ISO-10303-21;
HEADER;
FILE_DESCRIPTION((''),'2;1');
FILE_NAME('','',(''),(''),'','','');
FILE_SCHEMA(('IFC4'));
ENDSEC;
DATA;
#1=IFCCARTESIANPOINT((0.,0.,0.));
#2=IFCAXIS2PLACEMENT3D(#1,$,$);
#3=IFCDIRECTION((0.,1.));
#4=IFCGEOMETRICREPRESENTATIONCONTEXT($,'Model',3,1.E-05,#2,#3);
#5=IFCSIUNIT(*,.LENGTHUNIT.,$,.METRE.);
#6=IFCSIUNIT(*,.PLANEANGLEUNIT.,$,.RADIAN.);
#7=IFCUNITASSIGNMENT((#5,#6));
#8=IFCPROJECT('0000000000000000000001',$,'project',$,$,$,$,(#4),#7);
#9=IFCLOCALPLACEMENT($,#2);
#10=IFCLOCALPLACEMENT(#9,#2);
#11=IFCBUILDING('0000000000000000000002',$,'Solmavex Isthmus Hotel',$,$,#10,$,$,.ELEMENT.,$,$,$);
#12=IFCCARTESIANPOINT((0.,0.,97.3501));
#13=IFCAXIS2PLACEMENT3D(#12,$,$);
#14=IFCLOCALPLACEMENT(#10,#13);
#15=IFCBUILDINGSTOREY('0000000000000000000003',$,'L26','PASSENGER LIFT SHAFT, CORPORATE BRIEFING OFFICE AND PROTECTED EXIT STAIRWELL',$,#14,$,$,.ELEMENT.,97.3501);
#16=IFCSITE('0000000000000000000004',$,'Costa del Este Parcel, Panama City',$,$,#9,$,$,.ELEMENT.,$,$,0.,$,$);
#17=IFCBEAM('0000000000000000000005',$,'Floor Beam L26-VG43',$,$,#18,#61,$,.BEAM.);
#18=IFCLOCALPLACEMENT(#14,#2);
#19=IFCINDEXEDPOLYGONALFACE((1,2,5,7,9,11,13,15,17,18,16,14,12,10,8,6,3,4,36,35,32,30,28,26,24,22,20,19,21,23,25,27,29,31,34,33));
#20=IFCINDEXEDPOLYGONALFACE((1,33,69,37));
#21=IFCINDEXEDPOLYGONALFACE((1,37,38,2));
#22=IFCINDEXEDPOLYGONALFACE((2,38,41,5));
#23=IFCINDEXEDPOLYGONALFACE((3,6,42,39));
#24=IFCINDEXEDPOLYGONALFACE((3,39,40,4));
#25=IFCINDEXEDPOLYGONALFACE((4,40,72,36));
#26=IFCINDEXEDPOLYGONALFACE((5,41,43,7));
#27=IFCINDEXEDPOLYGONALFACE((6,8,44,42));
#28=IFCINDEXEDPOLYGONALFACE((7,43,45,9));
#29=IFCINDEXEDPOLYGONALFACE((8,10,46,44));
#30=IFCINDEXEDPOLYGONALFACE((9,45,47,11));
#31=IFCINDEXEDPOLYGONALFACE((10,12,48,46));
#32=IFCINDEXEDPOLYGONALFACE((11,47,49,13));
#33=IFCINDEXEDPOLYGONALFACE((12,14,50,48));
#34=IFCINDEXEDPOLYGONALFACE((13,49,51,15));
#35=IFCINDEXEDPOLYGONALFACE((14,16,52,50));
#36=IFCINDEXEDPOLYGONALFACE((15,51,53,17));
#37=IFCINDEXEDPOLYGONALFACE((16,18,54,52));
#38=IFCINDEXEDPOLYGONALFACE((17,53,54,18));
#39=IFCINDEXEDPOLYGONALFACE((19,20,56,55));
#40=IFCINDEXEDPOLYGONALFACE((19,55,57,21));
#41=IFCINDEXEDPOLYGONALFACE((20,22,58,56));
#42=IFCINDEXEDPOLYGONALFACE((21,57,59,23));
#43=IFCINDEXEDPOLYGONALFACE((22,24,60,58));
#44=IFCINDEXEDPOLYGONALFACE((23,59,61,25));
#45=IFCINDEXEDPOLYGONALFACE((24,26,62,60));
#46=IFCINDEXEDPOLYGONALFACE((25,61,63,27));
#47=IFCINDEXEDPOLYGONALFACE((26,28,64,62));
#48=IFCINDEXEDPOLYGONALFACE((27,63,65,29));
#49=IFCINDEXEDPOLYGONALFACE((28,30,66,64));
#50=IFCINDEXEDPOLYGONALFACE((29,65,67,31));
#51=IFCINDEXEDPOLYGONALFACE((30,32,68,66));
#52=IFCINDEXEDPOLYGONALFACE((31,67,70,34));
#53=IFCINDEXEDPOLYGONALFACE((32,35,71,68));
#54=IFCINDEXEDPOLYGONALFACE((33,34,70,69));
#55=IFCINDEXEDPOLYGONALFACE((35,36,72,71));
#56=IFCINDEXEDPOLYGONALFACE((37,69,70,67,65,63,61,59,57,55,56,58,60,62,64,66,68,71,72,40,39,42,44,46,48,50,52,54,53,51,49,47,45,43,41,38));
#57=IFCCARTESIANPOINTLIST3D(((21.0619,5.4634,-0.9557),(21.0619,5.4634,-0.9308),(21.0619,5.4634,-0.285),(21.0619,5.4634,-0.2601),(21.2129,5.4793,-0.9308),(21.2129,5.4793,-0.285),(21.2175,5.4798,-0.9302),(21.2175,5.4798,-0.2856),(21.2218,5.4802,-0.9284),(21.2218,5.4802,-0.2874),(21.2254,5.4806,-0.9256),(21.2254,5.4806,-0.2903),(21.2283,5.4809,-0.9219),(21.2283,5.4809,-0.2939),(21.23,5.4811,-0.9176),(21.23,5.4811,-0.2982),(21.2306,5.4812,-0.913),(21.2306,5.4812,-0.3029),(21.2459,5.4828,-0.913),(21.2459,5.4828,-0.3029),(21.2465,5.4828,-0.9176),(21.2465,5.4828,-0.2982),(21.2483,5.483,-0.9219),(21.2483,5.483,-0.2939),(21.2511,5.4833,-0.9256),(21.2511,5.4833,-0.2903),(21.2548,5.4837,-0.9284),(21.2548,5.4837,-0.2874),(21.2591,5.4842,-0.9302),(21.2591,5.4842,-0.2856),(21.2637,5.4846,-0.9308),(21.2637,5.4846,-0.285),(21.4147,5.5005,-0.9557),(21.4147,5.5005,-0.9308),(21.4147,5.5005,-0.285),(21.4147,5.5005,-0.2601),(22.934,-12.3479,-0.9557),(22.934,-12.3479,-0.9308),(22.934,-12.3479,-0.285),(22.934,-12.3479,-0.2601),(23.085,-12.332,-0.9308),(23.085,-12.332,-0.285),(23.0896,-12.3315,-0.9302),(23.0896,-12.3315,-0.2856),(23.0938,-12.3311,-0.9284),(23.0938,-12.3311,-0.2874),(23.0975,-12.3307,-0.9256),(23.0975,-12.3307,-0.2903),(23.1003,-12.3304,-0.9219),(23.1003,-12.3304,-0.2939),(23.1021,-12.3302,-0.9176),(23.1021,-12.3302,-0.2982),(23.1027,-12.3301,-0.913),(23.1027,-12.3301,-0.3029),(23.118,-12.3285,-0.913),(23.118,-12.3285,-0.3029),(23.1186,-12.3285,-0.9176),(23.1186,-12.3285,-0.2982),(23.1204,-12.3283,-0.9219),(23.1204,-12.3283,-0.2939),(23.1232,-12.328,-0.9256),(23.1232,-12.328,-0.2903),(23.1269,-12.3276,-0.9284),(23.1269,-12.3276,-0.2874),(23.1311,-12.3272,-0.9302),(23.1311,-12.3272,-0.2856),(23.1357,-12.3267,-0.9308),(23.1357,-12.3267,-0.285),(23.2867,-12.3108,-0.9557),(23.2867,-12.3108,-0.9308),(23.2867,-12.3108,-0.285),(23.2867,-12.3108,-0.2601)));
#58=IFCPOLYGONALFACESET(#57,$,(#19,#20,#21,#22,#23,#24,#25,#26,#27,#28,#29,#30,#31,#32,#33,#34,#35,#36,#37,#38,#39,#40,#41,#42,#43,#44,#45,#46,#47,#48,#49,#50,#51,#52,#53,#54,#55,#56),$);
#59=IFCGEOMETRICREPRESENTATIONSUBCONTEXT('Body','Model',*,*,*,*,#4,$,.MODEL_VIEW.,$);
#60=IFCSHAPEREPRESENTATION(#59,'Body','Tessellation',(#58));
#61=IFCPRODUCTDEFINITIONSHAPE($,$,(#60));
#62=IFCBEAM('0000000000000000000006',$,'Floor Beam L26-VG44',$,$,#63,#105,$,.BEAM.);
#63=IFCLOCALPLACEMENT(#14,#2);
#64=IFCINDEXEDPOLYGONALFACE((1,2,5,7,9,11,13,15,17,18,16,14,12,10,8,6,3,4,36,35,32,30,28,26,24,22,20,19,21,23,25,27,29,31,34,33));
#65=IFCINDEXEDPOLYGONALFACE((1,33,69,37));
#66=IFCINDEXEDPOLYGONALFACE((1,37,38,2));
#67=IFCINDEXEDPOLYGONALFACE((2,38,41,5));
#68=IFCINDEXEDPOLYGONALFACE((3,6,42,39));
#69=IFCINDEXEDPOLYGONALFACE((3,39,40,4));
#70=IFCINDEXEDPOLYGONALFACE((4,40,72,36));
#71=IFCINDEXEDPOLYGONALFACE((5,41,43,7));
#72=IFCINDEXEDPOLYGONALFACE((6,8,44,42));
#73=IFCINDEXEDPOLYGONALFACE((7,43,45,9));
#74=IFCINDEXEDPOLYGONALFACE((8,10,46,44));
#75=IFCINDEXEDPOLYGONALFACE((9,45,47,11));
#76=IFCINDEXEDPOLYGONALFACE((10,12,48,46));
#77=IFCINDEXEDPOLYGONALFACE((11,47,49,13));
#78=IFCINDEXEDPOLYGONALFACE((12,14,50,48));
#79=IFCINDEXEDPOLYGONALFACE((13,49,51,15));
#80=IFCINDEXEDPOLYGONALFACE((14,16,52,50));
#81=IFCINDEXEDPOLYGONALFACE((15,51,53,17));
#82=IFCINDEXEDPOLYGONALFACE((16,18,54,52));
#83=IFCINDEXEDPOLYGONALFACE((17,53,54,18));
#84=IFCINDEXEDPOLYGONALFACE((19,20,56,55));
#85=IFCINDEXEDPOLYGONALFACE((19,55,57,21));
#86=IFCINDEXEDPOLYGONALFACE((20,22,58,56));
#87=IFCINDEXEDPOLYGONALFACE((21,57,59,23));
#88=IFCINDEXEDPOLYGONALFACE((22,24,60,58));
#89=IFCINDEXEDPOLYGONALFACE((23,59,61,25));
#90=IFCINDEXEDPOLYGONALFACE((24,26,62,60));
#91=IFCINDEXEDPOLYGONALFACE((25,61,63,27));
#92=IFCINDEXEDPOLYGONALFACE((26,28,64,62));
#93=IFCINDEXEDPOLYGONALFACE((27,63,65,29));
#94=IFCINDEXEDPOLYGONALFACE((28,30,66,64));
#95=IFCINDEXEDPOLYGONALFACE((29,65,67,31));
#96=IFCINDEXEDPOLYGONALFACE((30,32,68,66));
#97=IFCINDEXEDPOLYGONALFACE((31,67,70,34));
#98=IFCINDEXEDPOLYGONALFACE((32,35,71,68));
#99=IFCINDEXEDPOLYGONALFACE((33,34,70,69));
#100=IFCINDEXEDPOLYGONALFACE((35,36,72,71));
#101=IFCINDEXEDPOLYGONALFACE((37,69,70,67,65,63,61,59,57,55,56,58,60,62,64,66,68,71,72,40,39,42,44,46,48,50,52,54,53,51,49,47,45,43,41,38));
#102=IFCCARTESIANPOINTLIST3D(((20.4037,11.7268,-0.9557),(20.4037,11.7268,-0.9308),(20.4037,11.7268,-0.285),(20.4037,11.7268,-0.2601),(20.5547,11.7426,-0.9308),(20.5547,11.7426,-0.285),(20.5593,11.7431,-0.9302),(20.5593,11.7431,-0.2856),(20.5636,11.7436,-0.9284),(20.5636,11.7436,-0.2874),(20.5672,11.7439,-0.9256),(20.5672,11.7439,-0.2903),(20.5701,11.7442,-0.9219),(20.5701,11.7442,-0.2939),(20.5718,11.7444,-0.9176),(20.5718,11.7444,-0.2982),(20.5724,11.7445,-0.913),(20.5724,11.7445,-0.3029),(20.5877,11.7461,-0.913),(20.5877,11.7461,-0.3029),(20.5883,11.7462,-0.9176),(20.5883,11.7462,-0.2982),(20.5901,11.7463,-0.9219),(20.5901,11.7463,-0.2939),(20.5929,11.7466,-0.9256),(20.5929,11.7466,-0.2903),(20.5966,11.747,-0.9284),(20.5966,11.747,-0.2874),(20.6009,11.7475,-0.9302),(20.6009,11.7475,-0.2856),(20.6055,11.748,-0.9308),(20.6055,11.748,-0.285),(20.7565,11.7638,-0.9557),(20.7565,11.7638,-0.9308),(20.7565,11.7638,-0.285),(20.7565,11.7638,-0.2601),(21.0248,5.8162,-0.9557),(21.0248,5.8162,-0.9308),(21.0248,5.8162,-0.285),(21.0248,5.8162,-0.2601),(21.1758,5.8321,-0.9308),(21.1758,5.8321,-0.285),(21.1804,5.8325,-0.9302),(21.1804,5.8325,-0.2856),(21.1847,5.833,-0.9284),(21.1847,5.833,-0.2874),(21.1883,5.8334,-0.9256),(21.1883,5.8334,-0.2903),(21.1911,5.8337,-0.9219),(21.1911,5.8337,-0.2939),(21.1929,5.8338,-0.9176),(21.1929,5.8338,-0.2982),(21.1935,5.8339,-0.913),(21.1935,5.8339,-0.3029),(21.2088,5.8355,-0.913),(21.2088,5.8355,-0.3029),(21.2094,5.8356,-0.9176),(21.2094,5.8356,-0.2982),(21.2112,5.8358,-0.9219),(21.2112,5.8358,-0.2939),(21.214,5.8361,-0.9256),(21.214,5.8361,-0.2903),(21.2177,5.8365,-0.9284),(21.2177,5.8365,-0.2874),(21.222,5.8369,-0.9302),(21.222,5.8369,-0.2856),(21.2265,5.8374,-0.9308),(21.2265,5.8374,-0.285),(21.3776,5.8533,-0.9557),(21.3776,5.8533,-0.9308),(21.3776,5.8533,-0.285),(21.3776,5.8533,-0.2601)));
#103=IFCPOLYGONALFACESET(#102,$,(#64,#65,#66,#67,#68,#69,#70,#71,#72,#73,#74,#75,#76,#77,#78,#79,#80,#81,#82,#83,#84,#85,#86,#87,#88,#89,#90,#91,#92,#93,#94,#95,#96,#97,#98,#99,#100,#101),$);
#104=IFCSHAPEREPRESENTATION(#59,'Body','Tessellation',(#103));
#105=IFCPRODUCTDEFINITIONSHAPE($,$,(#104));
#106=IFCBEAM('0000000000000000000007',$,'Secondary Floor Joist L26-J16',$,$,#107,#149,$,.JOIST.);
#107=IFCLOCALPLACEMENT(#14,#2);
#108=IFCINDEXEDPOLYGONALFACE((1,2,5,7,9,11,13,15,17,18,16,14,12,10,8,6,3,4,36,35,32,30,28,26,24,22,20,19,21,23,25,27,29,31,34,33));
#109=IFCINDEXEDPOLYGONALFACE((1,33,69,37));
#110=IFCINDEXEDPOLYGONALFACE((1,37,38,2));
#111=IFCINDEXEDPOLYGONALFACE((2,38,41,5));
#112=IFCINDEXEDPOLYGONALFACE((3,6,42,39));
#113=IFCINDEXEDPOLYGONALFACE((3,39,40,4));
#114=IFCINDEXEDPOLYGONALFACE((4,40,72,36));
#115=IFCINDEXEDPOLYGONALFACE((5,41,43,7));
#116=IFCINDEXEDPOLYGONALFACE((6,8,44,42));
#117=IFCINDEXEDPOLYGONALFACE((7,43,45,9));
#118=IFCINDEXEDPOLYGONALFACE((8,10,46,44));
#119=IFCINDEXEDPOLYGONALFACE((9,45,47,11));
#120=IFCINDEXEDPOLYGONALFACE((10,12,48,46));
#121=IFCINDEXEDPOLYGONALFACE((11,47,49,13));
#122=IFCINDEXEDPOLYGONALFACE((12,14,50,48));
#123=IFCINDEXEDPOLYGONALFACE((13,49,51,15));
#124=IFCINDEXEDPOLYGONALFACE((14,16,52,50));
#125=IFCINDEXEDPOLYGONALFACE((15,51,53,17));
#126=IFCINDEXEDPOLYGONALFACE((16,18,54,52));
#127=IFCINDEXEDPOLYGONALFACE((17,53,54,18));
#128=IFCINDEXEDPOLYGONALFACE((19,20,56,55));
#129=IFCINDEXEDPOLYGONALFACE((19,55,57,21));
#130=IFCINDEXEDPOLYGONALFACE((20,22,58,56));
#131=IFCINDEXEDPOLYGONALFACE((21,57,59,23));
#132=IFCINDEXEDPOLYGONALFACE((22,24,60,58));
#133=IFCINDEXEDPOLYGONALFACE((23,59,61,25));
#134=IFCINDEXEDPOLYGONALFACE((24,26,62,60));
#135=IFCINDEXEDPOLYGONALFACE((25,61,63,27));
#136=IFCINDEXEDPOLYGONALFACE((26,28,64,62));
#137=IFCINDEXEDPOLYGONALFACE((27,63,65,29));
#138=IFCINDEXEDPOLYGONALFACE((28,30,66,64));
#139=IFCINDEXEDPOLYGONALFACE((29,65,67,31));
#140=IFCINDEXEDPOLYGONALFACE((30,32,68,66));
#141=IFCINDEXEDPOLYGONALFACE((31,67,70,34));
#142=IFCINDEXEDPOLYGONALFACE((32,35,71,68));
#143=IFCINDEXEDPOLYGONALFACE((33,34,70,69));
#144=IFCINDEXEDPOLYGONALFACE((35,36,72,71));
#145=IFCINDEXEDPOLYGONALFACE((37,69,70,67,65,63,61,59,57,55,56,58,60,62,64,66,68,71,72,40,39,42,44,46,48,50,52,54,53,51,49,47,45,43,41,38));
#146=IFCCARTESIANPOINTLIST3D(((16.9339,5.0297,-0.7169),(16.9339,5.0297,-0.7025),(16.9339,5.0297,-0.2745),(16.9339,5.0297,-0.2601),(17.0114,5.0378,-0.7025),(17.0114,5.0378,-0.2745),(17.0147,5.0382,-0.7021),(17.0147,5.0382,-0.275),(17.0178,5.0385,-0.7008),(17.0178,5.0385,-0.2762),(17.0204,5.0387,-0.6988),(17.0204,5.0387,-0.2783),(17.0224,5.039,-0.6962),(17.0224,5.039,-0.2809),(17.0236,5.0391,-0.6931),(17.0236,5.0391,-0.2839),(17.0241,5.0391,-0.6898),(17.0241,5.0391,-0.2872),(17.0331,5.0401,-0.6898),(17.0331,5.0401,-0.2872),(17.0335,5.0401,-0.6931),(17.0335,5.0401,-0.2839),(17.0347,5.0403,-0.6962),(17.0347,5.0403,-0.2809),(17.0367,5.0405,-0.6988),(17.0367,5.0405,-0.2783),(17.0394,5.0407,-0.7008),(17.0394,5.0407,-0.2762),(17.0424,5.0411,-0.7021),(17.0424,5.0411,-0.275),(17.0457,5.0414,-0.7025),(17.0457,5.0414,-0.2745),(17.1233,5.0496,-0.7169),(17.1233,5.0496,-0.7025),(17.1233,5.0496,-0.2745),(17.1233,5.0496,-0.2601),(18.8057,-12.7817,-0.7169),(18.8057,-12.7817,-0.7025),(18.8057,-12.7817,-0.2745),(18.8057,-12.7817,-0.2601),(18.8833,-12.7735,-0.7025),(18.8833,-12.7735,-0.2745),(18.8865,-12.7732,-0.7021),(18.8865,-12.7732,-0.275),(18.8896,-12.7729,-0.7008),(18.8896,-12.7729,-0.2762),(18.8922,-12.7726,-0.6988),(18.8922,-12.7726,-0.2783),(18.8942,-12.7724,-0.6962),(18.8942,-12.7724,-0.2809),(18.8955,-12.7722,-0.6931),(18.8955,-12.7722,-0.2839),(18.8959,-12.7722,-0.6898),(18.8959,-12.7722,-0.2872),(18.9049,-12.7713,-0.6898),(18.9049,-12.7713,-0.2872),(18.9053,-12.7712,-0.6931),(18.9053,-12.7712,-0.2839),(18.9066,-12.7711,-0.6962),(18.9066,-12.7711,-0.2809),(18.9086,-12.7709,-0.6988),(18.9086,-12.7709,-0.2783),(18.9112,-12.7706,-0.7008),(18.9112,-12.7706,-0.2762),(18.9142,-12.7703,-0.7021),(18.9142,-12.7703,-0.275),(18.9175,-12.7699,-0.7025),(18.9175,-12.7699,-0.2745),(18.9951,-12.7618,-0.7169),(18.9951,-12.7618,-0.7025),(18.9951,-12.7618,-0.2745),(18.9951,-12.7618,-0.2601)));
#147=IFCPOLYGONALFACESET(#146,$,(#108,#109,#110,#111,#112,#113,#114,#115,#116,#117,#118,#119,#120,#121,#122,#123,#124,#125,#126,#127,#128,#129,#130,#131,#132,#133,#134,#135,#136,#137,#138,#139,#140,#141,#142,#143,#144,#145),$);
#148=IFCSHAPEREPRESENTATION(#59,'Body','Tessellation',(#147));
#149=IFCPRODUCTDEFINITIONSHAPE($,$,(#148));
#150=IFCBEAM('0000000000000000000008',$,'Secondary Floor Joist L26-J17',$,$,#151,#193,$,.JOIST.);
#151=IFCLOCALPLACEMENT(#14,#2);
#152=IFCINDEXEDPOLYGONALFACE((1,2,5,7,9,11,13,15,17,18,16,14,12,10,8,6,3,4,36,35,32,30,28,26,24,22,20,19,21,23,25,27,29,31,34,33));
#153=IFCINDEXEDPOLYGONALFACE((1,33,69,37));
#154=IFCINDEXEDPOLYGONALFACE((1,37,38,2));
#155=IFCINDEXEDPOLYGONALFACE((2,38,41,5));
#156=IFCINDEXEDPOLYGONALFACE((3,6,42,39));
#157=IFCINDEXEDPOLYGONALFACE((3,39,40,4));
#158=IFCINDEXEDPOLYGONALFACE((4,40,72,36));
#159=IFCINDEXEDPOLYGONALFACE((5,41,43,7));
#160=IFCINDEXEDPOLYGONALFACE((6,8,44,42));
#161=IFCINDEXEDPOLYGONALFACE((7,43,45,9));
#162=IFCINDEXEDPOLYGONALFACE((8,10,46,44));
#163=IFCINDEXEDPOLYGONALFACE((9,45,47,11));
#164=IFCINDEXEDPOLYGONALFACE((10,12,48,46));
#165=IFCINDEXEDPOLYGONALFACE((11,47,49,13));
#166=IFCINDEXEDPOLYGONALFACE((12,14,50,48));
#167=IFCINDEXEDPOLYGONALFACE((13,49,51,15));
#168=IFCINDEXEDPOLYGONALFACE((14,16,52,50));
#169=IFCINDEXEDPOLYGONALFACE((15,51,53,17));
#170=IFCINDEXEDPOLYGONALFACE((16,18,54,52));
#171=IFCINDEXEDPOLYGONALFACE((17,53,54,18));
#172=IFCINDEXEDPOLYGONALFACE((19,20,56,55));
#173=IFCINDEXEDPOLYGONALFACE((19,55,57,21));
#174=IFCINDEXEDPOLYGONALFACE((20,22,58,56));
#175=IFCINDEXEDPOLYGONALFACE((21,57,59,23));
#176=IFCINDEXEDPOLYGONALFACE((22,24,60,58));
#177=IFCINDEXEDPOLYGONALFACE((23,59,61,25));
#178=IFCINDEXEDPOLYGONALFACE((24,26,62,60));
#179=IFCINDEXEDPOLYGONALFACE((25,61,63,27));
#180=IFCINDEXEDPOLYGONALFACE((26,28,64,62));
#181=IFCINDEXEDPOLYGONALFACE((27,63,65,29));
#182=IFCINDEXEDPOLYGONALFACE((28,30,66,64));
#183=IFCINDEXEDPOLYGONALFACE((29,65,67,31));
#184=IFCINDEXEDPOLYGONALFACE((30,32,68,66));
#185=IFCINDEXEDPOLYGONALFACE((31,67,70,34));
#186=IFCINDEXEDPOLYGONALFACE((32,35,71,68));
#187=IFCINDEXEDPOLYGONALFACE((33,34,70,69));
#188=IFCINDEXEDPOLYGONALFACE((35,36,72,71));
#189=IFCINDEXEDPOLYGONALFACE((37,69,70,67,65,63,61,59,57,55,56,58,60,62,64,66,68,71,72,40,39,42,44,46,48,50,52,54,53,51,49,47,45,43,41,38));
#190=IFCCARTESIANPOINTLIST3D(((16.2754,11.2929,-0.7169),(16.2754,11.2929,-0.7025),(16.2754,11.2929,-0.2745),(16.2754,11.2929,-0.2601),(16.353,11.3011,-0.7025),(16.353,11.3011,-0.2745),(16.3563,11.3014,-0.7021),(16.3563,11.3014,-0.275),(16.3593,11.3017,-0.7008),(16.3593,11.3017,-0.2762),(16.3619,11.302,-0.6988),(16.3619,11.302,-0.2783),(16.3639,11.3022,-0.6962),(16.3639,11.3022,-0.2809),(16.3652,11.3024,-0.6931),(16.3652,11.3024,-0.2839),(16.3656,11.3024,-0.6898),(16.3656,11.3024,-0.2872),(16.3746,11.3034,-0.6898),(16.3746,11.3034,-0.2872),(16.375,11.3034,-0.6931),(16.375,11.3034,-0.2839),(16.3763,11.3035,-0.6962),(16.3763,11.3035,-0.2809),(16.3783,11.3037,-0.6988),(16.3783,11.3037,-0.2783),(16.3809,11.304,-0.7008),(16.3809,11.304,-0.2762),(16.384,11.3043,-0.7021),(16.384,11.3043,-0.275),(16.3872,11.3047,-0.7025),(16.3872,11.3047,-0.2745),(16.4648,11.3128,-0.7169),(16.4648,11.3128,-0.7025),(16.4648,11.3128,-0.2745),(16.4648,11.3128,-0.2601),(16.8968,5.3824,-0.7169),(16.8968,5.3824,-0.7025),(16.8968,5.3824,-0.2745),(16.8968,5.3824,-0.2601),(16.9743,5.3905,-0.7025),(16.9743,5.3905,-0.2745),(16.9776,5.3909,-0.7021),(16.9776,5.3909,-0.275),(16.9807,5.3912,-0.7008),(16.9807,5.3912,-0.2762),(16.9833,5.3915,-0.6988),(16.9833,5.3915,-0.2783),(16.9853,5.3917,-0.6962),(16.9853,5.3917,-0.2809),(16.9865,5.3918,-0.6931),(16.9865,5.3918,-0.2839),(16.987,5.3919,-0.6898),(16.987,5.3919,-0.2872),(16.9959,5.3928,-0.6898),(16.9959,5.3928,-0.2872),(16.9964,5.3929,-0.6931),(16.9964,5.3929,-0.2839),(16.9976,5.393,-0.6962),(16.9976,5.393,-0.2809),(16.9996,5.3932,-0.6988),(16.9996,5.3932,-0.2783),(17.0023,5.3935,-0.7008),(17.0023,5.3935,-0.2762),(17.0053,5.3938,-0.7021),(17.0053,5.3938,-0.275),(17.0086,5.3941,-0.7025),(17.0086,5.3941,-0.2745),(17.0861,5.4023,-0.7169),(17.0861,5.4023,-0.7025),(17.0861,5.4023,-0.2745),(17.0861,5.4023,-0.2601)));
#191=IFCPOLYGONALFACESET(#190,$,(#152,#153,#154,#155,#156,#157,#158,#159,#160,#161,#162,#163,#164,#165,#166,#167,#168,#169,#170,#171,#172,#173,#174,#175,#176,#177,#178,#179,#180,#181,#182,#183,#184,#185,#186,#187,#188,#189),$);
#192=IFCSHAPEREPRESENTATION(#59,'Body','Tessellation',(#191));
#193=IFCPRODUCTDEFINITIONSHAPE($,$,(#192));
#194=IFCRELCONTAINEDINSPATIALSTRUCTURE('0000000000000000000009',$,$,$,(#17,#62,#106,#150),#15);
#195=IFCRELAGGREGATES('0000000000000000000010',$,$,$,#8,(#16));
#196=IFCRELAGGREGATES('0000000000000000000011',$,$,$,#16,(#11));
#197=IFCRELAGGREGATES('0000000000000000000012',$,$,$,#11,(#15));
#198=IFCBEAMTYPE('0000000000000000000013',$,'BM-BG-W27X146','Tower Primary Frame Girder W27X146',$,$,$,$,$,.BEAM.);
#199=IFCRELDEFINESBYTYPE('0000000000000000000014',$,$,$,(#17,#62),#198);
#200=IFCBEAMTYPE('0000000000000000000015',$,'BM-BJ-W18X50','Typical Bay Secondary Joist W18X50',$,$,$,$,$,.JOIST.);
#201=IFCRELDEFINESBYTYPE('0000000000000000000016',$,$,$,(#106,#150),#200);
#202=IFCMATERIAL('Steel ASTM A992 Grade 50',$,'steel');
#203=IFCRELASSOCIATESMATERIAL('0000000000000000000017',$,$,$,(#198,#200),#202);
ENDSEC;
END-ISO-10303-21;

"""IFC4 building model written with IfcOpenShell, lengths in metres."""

from ifc_helpers import new_model, si_unit, direction, frame, origin, origin_2d, place, context, subcontext, project, spatial, i_section, extrude, material, material_profile, profile_set, type_object, element, save


model = new_model("IFC4")

# Units and contexts
model_context = context("Model", 3, precision=1e-05, world=origin(), true_north=direction((0.0, 1.0)))
body_context = subcontext(model_context, "Body", "Model", "MODEL_VIEW")
ifc_project = project(units=[si_unit("LENGTHUNIT", "METRE"), si_unit("PLANEANGLEUNIT", "RADIAN")], contexts=[model_context])

# Site, building, storey
site_placement = place(None, origin())
site = spatial("IfcSite", under=ifc_project, at=site_placement, Name="Costa del Este Parcel, Panama City", CompositionType="ELEMENT", RefElevation=0.0)
building_placement = place(site_placement, origin())
building = spatial("IfcBuilding", under=site, at=building_placement, Name="Solmavex Isthmus Hotel", CompositionType="ELEMENT")
storey_placement = place(building_placement, frame((0.0, 0.0, 97.3501)))
storey = spatial("IfcBuildingStorey", under=building, at=storey_placement, Name="L26", Description="PASSENGER LIFT SHAFT, CORPORATE BRIEFING OFFICE AND PROTECTED EXIT STAIRWELL", CompositionType="ELEMENT", Elevation=97.3501)

# Beams
ifc_material_1 = material(Name="Steel ASTM A992 Grade 50", Category="steel")
ifc_material_profile_1 = material_profile(ifc_material_1, i_section(OverallWidth=0.3547, OverallDepth=0.6956, WebThickness=0.0154, FlangeThickness=0.0249, FilletRadius=0.0178, at=origin_2d()), Name="W27X146")
ifc_profile_set_1 = profile_set([ifc_material_profile_1], Name="Steel ASTM A992 Grade 50")
beam_type_1 = type_object("IfcBeamType", Name="BM-BG-W27X146", Description="Tower Primary Frame Girder W27X146", PredefinedType="BEAM", material=ifc_profile_set_1)
beam_1_placement = place(storey_placement, frame((23.1104, -12.3293, -0.6079), z_axis=(-0.10453, 0.994522, 0.0), x_axis=(-0.994522, -0.10453, 0.0)))
element("IfcBeam", 1, at=beam_1_placement, inside=storey, type_object=beam_type_1, Name="Floor Beam L26-VG43", PredefinedType="BEAM", context=body_context, shape_type="SweptSolid", body=[
    extrude(i_section(OverallWidth=0.3547, OverallDepth=0.6956, WebThickness=0.0154, FlangeThickness=0.0249, FilletRadius=0.0178, at=origin_2d()), origin(), (0.0, 0.0, 1.0), 17.9094),
])
beam_2_placement = place(storey_placement, frame((21.2012, 5.8347, -0.6079), z_axis=(-0.104505, 0.994524, 0.0), x_axis=(-0.994524, -0.104505, 0.0)))
element("IfcBeam", 2, at=beam_2_placement, inside=storey, type_object=beam_type_1, Name="Floor Beam L26-VG44", PredefinedType="BEAM", context=body_context, shape_type="SweptSolid", body=[
    extrude(i_section(OverallWidth=0.3547, OverallDepth=0.6956, WebThickness=0.0154, FlangeThickness=0.0249, FilletRadius=0.0178, at=origin_2d()), origin(), (0.0, 0.0, 1.0), 5.9431),
])
ifc_material_profile_2 = material_profile(ifc_material_1, i_section(OverallWidth=0.1904, OverallDepth=0.4568, WebThickness=0.009, FlangeThickness=0.0144, FilletRadius=0.0127, at=origin_2d()), Name="W18X50")
ifc_profile_set_2 = profile_set([ifc_material_profile_2], Name="Steel ASTM A992 Grade 50")
beam_type_2 = type_object("IfcBeamType", Name="BM-BJ-W18X50", Description="Typical Bay Secondary Joist W18X50", PredefinedType="JOIST", material=ifc_profile_set_2)
beam_3_placement = place(storey_placement, frame((18.9004, -12.7717, -0.4885), z_axis=(-0.104517, 0.994523, 0.0), x_axis=(-0.994523, -0.104517, 0.0)))
element("IfcBeam", 3, at=beam_3_placement, inside=storey, type_object=beam_type_2, Name="Secondary Floor Joist L26-J16", PredefinedType="JOIST", context=body_context, shape_type="SweptSolid", body=[
    extrude(i_section(OverallWidth=0.1904, OverallDepth=0.4568, WebThickness=0.009, FlangeThickness=0.0144, FilletRadius=0.0127, at=origin_2d()), origin(), (0.0, 0.0, 1.0), 17.9094),
])
beam_4_placement = place(storey_placement, frame((16.9915, 5.3923, -0.4885), z_axis=(-0.104546, 0.99452, 0.0), x_axis=(-0.99452, -0.104546, 0.0)))
element("IfcBeam", 4, at=beam_4_placement, inside=storey, type_object=beam_type_2, Name="Secondary Floor Joist L26-J17", PredefinedType="JOIST", context=body_context, shape_type="SweptSolid", body=[
    extrude(i_section(OverallWidth=0.1904, OverallDepth=0.4568, WebThickness=0.009, FlangeThickness=0.0144, FilletRadius=0.0127, at=origin_2d()), origin(), (0.0, 0.0, 1.0), 5.9431),
])

save(model, "model.ifc")
